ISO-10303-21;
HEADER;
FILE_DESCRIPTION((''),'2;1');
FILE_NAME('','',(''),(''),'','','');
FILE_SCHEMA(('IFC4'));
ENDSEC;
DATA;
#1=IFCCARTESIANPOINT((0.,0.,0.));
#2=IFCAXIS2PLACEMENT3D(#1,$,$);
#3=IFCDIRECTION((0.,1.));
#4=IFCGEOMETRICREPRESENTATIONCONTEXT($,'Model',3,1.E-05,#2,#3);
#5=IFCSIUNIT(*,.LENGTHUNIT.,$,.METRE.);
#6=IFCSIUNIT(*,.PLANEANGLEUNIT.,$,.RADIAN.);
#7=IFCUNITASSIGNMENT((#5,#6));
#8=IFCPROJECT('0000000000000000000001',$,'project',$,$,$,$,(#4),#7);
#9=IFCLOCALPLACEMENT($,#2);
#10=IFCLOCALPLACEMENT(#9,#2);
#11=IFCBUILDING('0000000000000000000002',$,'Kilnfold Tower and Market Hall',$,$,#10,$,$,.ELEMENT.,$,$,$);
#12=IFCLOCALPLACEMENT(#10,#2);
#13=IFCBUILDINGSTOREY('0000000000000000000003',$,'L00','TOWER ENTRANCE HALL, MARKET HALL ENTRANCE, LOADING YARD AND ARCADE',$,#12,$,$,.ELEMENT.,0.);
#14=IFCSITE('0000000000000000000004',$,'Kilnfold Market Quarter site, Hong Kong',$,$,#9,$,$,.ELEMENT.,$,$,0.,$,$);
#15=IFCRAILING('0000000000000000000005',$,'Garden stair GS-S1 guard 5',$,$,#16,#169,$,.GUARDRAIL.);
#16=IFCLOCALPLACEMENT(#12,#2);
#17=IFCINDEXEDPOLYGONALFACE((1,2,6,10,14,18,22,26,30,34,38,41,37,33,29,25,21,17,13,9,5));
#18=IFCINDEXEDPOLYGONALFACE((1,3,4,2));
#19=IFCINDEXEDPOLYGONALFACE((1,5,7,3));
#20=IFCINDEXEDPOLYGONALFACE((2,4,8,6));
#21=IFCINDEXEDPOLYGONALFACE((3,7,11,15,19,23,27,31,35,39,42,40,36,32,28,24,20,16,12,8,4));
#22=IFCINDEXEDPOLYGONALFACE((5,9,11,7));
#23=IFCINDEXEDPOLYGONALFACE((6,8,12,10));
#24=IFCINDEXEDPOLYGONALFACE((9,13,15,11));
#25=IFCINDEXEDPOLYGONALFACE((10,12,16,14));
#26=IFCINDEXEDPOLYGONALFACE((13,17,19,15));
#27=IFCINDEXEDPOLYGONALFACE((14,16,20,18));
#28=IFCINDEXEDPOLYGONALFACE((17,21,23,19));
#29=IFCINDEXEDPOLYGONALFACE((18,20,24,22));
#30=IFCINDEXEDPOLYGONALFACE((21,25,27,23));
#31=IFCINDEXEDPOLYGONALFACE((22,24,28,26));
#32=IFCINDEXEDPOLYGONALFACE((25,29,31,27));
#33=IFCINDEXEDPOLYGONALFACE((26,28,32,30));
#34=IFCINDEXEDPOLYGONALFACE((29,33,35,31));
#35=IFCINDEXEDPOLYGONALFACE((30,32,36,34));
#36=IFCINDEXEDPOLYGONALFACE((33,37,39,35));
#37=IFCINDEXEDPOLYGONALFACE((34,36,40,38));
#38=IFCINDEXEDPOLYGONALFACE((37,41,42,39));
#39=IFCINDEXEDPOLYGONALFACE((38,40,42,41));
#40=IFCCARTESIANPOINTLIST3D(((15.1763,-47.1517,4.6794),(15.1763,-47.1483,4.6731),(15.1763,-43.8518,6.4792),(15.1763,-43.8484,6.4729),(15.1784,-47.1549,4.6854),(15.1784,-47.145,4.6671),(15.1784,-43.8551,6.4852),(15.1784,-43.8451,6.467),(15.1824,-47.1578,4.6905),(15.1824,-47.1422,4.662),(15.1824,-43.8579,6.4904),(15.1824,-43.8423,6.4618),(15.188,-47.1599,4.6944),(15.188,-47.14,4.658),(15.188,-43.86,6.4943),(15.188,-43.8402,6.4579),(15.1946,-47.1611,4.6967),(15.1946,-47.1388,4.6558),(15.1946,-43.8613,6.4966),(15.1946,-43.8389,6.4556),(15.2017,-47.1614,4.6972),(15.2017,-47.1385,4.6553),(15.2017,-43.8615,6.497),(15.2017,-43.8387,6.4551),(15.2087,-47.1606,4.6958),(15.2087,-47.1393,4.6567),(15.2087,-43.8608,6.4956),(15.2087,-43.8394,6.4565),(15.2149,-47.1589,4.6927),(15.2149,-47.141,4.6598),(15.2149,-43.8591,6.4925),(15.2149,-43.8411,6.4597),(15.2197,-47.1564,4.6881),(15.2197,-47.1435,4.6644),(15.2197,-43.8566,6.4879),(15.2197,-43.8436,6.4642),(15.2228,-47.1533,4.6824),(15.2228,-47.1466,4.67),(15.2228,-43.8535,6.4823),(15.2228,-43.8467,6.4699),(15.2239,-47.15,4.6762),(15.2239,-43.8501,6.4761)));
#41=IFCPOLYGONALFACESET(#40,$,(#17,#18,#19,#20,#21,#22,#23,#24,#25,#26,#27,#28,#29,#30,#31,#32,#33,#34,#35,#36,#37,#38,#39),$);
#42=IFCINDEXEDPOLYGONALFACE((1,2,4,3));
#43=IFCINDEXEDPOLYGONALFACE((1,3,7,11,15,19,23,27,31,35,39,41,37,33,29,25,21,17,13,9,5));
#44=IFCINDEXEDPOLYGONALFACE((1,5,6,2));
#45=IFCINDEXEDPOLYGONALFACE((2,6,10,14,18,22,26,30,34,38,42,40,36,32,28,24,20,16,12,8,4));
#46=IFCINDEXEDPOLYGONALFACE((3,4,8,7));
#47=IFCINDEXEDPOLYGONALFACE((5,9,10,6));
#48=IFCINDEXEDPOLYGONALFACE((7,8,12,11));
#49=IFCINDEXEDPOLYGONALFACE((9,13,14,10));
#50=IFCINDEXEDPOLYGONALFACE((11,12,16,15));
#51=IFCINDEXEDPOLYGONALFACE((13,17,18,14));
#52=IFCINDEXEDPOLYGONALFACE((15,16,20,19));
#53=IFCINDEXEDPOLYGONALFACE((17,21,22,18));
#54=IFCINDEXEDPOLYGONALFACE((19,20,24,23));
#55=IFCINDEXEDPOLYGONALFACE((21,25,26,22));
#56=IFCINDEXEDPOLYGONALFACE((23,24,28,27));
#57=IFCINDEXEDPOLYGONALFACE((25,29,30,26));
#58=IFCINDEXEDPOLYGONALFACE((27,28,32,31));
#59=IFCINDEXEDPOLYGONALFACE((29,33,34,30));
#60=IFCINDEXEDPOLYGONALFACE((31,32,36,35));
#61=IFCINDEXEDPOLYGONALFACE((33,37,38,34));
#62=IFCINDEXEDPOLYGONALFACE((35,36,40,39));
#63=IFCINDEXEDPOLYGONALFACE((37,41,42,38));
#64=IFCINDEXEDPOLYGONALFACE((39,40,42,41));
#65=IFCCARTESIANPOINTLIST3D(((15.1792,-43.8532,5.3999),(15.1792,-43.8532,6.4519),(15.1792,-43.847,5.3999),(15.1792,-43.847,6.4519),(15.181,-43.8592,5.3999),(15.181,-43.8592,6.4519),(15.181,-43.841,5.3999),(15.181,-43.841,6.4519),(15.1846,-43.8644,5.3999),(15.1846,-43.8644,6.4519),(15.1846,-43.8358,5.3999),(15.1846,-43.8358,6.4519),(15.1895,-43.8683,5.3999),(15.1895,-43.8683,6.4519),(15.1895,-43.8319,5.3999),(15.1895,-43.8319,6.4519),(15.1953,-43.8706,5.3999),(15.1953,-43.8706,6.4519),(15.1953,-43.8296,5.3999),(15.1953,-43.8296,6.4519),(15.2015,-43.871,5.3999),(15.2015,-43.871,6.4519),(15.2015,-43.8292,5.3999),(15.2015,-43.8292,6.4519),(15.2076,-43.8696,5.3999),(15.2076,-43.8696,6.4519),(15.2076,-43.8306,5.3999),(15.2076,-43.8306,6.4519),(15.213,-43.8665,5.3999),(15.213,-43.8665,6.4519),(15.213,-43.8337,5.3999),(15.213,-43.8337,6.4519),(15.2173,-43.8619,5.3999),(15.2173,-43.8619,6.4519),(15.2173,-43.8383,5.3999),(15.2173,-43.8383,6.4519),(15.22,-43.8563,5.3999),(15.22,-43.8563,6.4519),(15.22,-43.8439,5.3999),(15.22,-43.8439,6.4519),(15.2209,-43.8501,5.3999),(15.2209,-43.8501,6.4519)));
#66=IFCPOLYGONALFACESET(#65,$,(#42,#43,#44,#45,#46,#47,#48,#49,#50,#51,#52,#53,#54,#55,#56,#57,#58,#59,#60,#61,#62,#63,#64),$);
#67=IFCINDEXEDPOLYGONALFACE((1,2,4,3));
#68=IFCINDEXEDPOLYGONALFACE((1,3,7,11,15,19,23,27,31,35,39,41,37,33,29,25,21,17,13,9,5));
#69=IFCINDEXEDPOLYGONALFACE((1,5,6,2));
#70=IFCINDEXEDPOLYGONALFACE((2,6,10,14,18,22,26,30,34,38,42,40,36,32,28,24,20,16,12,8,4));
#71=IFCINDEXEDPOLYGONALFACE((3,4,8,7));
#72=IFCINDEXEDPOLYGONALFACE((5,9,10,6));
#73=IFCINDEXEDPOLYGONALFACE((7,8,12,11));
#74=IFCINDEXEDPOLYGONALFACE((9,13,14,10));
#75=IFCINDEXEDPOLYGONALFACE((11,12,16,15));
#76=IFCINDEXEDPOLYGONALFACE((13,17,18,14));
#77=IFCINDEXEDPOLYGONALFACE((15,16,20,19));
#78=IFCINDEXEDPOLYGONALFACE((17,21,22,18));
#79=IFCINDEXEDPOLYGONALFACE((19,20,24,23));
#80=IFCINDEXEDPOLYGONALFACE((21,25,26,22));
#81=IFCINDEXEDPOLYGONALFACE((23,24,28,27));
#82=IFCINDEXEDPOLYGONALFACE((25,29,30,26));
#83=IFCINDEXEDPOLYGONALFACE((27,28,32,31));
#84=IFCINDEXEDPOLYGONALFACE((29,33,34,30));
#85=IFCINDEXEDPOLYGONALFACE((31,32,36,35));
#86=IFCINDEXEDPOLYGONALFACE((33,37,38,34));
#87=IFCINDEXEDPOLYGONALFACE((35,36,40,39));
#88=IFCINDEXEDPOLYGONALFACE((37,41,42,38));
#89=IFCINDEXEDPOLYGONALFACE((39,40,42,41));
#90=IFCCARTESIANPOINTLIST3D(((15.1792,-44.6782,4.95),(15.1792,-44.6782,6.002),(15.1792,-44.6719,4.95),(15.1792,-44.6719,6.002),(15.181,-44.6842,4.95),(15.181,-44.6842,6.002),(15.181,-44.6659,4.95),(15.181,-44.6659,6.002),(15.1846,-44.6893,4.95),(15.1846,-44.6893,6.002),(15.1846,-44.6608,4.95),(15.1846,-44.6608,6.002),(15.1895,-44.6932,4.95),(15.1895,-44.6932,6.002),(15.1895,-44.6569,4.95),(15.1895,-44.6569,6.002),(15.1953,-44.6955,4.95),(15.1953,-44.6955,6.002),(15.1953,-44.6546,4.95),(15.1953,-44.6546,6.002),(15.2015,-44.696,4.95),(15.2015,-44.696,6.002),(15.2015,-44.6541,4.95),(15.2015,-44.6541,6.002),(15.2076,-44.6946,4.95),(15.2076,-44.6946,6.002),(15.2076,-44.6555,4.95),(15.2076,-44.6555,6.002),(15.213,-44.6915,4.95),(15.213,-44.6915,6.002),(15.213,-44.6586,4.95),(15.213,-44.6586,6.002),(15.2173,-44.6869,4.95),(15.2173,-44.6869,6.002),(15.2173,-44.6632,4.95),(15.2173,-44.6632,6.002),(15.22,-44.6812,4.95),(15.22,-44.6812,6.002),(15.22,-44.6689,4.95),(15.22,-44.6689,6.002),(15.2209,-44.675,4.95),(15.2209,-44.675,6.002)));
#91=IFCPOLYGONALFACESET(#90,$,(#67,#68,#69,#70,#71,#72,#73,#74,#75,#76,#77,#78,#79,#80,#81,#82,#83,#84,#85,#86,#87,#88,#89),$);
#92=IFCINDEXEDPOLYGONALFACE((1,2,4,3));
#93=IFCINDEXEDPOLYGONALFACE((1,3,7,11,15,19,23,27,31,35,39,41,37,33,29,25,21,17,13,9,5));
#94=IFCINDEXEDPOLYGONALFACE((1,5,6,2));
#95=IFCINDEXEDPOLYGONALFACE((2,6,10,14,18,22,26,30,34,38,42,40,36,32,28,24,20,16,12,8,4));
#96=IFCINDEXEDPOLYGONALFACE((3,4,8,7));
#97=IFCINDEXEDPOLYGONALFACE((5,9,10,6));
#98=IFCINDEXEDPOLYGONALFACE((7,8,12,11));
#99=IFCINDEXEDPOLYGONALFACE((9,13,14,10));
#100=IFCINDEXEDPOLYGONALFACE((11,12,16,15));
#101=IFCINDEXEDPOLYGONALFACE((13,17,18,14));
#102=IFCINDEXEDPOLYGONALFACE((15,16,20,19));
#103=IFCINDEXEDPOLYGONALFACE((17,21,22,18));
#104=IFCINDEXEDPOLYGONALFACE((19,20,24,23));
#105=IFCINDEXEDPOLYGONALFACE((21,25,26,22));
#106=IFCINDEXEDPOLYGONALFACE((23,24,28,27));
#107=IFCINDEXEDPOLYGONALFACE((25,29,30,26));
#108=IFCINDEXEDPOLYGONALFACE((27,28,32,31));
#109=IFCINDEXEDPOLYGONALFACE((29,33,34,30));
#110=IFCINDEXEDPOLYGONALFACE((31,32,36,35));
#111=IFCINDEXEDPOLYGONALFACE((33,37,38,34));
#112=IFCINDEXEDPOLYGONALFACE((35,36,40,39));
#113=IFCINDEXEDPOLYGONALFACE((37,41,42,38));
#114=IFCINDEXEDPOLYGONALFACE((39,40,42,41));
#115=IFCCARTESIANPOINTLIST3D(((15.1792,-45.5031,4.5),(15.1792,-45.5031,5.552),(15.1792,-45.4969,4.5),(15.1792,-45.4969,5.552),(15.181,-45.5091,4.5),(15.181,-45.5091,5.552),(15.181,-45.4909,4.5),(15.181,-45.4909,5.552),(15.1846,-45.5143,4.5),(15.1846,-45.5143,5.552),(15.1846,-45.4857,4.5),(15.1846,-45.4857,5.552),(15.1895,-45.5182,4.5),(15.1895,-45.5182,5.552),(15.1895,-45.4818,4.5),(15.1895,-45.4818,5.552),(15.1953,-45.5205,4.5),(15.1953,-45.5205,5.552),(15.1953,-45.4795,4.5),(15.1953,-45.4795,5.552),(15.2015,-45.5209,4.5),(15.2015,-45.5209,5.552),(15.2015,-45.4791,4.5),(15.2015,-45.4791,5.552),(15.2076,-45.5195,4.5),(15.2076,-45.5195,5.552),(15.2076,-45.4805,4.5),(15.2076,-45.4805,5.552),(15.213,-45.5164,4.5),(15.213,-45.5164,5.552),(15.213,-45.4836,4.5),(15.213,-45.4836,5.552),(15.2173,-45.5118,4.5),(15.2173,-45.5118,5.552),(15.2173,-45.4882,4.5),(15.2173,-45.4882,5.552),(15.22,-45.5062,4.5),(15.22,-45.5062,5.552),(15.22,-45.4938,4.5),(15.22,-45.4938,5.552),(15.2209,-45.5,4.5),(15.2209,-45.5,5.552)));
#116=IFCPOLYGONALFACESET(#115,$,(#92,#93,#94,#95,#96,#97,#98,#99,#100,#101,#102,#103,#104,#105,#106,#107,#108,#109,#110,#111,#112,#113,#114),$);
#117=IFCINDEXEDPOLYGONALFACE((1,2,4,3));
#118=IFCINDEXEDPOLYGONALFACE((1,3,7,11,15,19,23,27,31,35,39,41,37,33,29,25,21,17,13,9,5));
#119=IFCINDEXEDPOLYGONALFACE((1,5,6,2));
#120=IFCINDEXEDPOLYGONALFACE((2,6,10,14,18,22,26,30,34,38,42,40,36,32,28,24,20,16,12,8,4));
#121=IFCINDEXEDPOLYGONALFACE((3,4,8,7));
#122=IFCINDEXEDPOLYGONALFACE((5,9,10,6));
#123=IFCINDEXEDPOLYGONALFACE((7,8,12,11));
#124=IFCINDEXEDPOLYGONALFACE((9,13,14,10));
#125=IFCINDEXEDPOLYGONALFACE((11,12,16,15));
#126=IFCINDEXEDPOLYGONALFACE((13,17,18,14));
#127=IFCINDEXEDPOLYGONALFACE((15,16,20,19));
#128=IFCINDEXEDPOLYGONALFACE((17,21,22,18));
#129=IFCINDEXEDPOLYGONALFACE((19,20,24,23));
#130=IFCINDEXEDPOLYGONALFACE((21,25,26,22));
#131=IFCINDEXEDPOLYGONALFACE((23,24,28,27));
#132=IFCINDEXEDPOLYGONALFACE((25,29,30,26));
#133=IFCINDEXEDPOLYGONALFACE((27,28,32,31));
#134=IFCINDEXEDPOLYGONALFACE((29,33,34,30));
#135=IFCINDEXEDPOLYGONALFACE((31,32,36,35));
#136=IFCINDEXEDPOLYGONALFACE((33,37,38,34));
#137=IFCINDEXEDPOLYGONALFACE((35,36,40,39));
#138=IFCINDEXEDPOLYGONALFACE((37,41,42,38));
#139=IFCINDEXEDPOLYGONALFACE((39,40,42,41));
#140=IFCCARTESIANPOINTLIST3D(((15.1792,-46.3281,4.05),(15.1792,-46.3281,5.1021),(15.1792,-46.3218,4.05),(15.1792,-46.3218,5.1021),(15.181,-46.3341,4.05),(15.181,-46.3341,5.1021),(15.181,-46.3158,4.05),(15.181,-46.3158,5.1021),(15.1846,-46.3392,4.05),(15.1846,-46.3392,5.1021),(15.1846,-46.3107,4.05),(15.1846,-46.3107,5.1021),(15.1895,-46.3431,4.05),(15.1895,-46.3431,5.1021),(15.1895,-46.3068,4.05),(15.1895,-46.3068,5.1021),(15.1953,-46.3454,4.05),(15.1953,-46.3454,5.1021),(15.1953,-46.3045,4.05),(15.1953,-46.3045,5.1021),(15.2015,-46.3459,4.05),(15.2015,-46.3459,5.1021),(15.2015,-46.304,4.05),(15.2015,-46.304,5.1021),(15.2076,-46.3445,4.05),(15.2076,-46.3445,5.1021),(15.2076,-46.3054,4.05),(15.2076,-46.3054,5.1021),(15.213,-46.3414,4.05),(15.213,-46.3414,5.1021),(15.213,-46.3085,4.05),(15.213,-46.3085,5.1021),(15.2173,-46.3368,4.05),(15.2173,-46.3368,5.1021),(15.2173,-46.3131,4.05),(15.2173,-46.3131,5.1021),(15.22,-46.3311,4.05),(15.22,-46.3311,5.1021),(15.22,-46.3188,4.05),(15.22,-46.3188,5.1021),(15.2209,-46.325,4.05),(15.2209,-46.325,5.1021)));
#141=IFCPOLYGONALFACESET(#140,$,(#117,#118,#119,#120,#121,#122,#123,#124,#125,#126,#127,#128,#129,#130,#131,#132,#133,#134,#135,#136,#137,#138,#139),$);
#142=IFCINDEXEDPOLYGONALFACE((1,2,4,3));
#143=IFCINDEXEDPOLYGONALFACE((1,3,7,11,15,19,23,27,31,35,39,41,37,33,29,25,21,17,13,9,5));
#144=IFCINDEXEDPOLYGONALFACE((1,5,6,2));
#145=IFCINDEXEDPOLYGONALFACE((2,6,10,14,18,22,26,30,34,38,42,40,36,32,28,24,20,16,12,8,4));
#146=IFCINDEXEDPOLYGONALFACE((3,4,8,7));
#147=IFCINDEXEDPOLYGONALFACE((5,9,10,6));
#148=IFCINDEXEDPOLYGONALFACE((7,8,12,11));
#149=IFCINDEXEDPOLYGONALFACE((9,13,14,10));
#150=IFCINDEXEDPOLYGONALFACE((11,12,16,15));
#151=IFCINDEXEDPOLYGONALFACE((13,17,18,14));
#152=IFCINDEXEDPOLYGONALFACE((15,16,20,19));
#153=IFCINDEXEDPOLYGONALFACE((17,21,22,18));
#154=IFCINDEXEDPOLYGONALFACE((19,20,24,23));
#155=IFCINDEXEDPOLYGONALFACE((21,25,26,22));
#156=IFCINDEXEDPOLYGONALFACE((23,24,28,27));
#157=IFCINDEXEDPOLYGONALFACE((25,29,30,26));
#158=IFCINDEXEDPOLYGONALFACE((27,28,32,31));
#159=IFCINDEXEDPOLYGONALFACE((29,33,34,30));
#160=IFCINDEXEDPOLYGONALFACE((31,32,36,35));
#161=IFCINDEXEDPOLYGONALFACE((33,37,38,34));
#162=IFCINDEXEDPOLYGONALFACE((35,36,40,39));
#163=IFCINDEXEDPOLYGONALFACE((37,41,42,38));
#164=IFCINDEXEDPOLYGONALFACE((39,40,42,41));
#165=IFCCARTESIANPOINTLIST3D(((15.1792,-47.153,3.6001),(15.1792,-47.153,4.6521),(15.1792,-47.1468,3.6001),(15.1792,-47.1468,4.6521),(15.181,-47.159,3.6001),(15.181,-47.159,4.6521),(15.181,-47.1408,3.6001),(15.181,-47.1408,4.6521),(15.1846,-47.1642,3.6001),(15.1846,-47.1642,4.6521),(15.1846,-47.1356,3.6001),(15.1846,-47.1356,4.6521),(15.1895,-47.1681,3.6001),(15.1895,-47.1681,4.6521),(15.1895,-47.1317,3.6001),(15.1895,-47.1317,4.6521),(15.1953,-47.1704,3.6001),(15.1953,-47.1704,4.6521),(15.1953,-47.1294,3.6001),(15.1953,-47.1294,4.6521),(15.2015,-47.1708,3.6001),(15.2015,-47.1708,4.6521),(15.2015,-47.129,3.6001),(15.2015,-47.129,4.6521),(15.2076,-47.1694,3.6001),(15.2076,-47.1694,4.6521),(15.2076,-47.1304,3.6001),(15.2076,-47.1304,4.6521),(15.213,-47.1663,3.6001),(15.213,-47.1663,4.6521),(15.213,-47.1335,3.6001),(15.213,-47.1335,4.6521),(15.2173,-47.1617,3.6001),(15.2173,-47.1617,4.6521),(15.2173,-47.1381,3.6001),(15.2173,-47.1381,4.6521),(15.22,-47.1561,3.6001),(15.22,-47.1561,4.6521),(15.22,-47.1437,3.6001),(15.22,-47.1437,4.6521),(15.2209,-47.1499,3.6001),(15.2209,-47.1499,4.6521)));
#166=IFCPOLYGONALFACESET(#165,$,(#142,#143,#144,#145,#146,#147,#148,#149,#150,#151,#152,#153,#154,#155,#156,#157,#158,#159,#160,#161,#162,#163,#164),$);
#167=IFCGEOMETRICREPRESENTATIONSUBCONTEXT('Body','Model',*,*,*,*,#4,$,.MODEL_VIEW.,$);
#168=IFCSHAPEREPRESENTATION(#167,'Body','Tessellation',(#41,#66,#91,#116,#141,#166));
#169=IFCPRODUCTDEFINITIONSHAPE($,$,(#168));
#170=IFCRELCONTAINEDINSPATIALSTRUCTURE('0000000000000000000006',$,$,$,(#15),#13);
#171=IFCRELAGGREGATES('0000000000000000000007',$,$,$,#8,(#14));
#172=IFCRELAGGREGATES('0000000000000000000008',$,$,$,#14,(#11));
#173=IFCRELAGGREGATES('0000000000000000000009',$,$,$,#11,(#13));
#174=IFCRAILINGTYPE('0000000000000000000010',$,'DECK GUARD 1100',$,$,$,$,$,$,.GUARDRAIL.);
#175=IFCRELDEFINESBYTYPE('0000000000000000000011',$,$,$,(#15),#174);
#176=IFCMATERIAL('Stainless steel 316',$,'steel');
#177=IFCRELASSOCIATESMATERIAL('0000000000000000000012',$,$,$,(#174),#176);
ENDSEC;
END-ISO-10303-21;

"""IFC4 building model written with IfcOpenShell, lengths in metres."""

from ifc_helpers import new_model, si_unit, direction, frame, origin, origin_2d, place, context, subcontext, project, spatial, circle, extrude, material, type_object, element, save


model = new_model("IFC4")

# Units and contexts
model_context = context("Model", 3, precision=1e-05, world=origin(), true_north=direction((0.0, 1.0)))
body_context = subcontext(model_context, "Body", "Model", "MODEL_VIEW")
ifc_project = project(units=[si_unit("LENGTHUNIT", "METRE"), si_unit("PLANEANGLEUNIT", "RADIAN")], contexts=[model_context])

# Site, building, storey
site_placement = place(None, origin())
site = spatial("IfcSite", under=ifc_project, at=site_placement, Name="Kilnfold Market Quarter site, Hong Kong", CompositionType="ELEMENT", RefElevation=0.0)
building_placement = place(site_placement, origin())
building = spatial("IfcBuilding", under=site, at=building_placement, Name="Kilnfold Tower and Market Hall", CompositionType="ELEMENT")
storey_placement = place(building_placement, origin())
storey = spatial("IfcBuildingStorey", under=building, at=storey_placement, Name="L00", Description="TOWER ENTRANCE HALL, MARKET HALL ENTRANCE, LOADING YARD AND ARCADE", CompositionType="ELEMENT", Elevation=0.0)

# Railing
ifc_material_1 = material(Name="Stainless steel 316", Category="steel")
railing_type_1 = type_object("IfcRailingType", Name="DECK GUARD 1100", PredefinedType="GUARDRAIL", material=ifc_material_1)
railing_1_placement = place(storey_placement, frame((15.2, -43.8501, 5.3999)))
element("IfcRailing", 1, at=railing_1_placement, inside=storey, type_object=railing_type_1, Name="Garden stair GS-S1 guard 5", PredefinedType="GUARDRAIL", context=body_context, shape_type="SweptSolid", body=[
    extrude(circle(Radius=0.0239, at=origin_2d()), frame((0.0, 0.0, 1.0762), z_axis=(0.0, -0.877906, -0.478834), x_axis=(1.0, 0.0, 0.0)), (0.0, 0.0, 1.0), 3.7588),
    extrude(circle(Radius=0.021, at=origin_2d()), origin(), (0.0, 0.0, 1.0), 1.052),
    extrude(circle(Radius=0.021, at=origin_2d()), frame((0.0, -0.825, -0.45)), (0.0, 0.0, 1.0), 1.052),
    extrude(circle(Radius=0.021, at=origin_2d()), frame((0.0, -1.6499, -0.8999)), (0.0, 0.0, 1.0), 1.052),
    extrude(circle(Radius=0.021, at=origin_2d()), frame((0.0, -2.4749, -1.3499)), (0.0, 0.0, 1.0), 1.052),
    extrude(circle(Radius=0.021, at=origin_2d()), frame((0.0, -3.2998, -1.7998)), (0.0, 0.0, 1.0), 1.052),
])

save(model, "model.ifc")
